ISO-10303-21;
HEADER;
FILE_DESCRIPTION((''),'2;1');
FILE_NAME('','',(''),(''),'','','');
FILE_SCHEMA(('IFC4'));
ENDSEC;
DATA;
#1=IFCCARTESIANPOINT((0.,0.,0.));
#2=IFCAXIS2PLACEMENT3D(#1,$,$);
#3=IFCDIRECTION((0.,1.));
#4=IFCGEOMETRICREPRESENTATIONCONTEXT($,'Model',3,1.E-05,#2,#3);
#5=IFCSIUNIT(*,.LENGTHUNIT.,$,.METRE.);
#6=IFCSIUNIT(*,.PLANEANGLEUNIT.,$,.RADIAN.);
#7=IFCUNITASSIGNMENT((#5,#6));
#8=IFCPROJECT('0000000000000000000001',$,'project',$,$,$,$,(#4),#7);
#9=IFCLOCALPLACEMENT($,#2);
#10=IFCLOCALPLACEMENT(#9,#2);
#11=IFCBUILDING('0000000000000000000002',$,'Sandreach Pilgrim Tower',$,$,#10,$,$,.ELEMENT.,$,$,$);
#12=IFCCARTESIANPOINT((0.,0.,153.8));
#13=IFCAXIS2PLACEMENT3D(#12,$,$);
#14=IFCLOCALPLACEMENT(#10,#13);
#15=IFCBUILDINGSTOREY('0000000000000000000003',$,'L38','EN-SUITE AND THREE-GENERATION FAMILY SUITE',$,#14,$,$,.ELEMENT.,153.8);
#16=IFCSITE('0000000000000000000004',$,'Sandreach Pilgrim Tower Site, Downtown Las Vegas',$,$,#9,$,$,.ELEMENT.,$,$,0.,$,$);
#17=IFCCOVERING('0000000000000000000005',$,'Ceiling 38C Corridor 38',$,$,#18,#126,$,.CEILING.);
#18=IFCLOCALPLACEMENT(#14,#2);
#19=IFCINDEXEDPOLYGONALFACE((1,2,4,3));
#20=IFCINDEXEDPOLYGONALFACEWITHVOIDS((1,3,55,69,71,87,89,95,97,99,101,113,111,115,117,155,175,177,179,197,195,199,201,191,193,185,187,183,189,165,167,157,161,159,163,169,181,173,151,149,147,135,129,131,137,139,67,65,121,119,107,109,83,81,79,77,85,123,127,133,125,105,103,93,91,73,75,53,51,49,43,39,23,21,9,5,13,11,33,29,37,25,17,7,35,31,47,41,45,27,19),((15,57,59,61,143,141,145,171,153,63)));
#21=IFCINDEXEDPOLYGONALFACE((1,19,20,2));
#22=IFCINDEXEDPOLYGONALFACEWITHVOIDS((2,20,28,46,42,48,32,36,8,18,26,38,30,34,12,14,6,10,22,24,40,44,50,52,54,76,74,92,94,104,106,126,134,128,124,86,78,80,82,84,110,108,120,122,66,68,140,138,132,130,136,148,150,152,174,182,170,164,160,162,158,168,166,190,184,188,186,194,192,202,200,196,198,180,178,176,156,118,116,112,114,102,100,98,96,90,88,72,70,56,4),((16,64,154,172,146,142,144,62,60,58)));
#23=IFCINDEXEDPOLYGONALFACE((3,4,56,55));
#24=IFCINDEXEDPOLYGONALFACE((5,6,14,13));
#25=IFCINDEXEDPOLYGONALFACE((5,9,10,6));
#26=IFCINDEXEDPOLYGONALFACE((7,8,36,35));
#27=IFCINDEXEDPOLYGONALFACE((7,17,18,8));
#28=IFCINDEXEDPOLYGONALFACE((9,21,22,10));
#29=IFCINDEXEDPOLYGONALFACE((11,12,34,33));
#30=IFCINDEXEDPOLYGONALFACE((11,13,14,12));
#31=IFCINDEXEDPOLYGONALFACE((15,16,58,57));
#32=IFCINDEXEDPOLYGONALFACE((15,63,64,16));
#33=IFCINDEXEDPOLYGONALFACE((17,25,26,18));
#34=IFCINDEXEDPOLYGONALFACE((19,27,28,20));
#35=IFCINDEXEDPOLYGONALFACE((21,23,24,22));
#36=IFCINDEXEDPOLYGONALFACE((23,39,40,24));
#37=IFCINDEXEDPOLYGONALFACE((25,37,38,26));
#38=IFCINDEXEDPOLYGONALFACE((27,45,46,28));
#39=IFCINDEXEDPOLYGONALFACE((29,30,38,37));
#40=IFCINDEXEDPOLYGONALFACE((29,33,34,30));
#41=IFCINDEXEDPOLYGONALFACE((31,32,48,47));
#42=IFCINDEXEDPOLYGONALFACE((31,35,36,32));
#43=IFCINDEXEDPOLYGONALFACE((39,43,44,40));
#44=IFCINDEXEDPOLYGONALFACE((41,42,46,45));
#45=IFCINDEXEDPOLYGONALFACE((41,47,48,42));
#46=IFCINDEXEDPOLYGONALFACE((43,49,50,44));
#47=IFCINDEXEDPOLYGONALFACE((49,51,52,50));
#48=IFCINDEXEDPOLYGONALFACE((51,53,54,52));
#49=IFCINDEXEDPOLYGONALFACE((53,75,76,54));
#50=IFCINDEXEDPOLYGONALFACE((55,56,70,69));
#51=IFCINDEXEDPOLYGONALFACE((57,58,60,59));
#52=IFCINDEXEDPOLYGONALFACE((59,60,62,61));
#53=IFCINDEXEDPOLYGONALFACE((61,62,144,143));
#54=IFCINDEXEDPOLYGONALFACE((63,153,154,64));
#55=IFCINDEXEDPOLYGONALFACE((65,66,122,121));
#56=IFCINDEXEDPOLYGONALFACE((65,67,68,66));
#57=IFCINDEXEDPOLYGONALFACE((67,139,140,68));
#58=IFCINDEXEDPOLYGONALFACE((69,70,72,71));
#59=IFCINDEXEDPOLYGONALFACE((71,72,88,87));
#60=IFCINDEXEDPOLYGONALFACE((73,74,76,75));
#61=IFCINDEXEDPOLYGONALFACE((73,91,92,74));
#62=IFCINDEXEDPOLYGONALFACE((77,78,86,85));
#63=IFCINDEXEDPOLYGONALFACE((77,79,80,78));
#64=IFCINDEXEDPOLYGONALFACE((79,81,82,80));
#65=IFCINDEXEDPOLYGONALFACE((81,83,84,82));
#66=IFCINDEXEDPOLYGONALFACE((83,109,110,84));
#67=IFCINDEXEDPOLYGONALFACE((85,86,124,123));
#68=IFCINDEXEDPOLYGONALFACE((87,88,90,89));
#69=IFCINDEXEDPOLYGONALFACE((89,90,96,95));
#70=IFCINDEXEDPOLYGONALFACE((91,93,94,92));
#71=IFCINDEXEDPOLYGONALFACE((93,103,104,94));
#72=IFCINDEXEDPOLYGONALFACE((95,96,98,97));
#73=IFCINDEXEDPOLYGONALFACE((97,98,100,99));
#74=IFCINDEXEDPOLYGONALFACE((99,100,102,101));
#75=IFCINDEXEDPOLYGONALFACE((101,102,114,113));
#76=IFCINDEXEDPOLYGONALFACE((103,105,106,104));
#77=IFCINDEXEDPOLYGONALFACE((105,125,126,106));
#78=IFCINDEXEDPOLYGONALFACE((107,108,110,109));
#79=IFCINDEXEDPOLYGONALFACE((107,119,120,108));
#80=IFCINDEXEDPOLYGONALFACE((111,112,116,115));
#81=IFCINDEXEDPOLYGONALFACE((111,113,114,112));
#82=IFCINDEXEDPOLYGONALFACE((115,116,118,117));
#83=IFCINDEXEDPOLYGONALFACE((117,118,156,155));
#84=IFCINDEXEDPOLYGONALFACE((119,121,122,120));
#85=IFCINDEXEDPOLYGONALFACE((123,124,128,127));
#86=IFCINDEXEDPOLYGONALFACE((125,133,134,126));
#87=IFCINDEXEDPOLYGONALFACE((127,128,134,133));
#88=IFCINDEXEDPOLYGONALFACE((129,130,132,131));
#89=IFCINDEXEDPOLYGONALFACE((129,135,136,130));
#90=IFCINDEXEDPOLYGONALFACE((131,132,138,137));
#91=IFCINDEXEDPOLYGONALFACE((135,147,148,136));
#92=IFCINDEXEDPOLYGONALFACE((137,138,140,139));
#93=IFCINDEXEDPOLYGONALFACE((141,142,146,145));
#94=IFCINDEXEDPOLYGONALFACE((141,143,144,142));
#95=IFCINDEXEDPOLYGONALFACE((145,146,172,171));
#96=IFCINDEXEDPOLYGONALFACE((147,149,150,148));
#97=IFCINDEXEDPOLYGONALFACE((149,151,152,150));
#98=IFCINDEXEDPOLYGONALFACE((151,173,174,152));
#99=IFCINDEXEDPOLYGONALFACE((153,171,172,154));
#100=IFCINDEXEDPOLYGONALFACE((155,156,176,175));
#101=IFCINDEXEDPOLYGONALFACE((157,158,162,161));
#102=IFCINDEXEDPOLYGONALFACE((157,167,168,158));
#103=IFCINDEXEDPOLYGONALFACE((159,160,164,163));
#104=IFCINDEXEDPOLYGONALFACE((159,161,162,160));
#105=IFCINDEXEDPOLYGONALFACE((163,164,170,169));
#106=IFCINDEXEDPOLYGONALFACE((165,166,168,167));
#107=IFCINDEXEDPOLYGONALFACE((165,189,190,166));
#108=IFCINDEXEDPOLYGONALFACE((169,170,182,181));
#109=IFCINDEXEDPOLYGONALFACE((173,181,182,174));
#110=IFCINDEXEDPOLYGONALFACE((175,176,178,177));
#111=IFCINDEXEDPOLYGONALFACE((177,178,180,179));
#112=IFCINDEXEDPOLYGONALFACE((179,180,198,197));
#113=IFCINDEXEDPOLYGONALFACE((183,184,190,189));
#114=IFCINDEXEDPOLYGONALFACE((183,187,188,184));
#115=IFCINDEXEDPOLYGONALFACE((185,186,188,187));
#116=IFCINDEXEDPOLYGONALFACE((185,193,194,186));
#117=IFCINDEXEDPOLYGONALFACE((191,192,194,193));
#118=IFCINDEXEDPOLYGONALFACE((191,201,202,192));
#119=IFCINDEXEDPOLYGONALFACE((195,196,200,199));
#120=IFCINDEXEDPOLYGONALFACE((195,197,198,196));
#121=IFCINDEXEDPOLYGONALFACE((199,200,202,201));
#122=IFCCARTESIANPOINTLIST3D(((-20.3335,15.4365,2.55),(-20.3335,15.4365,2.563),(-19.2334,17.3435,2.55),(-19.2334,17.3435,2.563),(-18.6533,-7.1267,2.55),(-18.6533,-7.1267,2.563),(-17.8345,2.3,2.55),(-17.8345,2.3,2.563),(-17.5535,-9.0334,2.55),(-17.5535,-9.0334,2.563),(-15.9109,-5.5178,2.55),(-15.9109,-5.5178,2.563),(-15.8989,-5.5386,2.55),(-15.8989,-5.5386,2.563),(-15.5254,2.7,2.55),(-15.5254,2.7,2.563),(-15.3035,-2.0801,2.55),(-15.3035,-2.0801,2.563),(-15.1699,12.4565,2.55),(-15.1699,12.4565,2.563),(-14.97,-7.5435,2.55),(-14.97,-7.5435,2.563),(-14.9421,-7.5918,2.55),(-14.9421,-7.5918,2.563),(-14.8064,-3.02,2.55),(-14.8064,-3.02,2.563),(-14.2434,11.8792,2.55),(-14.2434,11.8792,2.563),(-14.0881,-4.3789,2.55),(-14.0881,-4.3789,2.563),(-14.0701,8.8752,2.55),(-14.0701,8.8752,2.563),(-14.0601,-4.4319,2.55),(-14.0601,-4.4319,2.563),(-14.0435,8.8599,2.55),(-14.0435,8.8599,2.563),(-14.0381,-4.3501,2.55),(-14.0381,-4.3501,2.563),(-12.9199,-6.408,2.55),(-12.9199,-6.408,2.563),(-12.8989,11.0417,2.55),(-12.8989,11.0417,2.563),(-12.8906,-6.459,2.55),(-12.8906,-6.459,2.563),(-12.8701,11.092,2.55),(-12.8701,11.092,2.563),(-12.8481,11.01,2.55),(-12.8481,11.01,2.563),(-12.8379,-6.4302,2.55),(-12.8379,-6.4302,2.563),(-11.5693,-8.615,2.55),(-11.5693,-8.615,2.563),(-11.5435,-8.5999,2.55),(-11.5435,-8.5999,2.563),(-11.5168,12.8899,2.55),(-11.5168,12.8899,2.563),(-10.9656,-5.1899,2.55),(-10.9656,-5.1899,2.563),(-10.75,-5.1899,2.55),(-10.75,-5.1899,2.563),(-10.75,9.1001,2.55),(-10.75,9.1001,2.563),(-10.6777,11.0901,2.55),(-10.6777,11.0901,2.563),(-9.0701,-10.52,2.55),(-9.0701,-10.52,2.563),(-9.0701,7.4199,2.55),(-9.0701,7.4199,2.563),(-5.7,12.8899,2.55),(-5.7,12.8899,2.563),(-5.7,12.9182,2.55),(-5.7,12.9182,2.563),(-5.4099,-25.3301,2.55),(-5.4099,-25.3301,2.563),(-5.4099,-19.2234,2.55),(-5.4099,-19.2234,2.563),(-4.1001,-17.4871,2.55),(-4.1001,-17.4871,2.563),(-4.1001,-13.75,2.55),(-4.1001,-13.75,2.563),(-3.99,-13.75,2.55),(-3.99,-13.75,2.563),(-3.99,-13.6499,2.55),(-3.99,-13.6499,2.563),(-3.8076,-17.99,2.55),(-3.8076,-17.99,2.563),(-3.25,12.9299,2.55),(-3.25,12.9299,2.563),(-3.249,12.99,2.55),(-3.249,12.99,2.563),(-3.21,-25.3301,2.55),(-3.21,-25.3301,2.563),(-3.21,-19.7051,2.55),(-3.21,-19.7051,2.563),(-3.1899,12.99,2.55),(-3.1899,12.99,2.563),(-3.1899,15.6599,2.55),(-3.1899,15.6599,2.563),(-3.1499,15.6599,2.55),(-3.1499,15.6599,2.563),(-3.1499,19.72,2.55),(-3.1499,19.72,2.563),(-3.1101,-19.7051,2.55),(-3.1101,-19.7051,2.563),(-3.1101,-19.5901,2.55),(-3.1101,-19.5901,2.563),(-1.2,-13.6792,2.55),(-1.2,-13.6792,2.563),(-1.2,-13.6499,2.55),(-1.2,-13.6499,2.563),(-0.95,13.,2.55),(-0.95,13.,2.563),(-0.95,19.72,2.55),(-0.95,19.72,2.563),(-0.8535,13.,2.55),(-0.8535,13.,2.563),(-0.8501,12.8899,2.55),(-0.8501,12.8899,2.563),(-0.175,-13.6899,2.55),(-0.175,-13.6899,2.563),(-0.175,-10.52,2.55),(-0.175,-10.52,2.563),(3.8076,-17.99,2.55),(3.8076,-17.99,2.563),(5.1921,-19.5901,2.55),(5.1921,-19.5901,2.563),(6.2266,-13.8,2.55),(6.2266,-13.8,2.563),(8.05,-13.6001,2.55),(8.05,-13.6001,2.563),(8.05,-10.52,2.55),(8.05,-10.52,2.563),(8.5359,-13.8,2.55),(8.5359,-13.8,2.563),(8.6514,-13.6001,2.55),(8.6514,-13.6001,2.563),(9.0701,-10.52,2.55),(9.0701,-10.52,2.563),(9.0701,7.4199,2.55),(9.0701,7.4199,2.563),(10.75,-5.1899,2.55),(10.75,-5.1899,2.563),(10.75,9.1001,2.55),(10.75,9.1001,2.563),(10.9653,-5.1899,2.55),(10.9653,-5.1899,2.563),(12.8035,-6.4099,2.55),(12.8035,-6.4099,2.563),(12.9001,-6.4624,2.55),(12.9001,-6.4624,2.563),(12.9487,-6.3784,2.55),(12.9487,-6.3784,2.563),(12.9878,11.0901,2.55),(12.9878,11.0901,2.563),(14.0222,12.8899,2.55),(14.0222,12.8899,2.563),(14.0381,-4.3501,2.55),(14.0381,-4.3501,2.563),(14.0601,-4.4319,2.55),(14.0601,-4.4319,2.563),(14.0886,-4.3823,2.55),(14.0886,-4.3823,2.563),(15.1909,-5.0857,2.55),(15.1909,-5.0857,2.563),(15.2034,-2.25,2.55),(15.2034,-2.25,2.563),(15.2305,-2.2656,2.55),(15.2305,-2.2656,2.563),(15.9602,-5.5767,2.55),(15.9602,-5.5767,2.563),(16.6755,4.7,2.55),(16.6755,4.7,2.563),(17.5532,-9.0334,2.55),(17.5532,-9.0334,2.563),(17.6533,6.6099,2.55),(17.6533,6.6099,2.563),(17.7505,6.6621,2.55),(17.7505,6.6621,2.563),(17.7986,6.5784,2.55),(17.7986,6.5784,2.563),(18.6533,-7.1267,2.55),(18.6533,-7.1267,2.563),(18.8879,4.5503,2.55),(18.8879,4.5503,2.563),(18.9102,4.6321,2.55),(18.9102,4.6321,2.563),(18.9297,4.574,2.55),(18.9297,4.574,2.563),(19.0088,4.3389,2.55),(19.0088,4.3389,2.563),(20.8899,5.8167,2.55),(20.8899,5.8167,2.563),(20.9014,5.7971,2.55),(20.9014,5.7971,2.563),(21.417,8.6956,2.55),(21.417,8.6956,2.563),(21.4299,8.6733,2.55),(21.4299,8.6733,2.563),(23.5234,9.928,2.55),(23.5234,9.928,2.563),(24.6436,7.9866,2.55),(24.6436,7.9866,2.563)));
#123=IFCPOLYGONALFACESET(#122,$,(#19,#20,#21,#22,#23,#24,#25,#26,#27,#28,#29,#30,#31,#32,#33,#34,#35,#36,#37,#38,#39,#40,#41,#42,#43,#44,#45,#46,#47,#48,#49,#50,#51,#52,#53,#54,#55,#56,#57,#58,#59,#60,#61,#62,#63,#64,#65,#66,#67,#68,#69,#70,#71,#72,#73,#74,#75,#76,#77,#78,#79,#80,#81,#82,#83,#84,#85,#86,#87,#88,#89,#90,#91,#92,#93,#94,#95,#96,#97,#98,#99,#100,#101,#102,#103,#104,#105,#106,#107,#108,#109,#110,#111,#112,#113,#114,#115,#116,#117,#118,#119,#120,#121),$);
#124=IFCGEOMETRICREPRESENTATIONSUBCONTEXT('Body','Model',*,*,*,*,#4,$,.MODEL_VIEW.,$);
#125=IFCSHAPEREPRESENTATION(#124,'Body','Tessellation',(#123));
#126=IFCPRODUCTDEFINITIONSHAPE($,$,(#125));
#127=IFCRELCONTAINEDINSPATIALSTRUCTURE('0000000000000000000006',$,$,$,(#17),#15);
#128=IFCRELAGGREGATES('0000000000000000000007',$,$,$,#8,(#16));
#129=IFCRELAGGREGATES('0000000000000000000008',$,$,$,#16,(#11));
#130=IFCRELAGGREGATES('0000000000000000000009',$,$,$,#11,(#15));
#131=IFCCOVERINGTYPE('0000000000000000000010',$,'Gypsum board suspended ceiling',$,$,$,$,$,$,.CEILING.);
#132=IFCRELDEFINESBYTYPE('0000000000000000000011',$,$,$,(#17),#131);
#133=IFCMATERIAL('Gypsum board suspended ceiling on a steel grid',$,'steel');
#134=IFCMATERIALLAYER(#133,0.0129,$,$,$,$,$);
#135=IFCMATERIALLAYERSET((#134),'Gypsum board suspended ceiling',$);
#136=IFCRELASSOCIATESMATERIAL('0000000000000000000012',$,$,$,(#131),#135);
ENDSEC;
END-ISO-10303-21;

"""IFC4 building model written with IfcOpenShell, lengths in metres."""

from ifc_helpers import new_model, si_unit, direction, frame, origin, place, context, subcontext, project, spatial, polyline, outline, extrude, material, layer, layer_set, type_object, element, save


model = new_model("IFC4")

# Units and contexts
model_context = context("Model", 3, precision=1e-05, world=origin(), true_north=direction((0.0, 1.0)))
body_context = subcontext(model_context, "Body", "Model", "MODEL_VIEW")
ifc_project = project(units=[si_unit("LENGTHUNIT", "METRE"), si_unit("PLANEANGLEUNIT", "RADIAN")], contexts=[model_context])

# Site, building, storey
site_placement = place(None, origin())
site = spatial("IfcSite", under=ifc_project, at=site_placement, Name="Sandreach Pilgrim Tower Site, Downtown Las Vegas", CompositionType="ELEMENT", RefElevation=0.0)
building_placement = place(site_placement, origin())
building = spatial("IfcBuilding", under=site, at=building_placement, Name="Sandreach Pilgrim Tower", CompositionType="ELEMENT")
storey_placement = place(building_placement, frame((0.0, 0.0, 153.8)))
storey = spatial("IfcBuildingStorey", under=building, at=storey_placement, Name="L38", Description="EN-SUITE AND THREE-GENERATION FAMILY SUITE", CompositionType="ELEMENT", Elevation=153.8)

# Covering
ifc_material_1 = material(Name="Gypsum board suspended ceiling on a steel grid", Category="steel")
ifc_layer_1 = layer(ifc_material_1, 0.0129)
ifc_layer_set_1 = layer_set([ifc_layer_1], Name="Gypsum board suspended ceiling")
covering_type_1 = type_object("IfcCoveringType", Name="Gypsum board suspended ceiling", PredefinedType="CEILING", material=ifc_layer_set_1)
covering_1_placement = place(storey_placement, frame((0.0, 0.0, 2.55)))
element("IfcCovering", 1, at=covering_1_placement, inside=storey, type_object=covering_type_1, Name="Ceiling 38C Corridor 38", PredefinedType="CEILING", context=body_context, shape_type="SweptSolid", body=[
    extrude(outline(polyline([(-20.3335, 15.4365), (-19.2334, 17.3435), (-11.5168, 12.8899), (-5.7, 12.8899), (-5.7, 12.9182), (-3.25, 12.9299), (-3.249, 12.99), (-3.1899, 12.99), (-3.1899, 15.6599), (-3.1499, 15.6599), (-3.1499, 19.72), (-0.95, 19.72), (-0.95, 13.0), (-0.8535, 13.0), (-0.8501, 12.8899), (14.0222, 12.8899), (17.6533, 6.6099), (17.7505, 6.6621), (17.7986, 6.5784), (21.4299, 8.6733), (21.417, 8.6956), (23.5234, 9.928), (24.6436, 7.9866), (20.8899, 5.8167), (20.9014, 5.7971), (18.9102, 4.6321), (18.9297, 4.574), (18.8879, 4.5503), (19.0088, 4.3389), (15.2034, -2.25), (15.2305, -2.2656), (14.0381, -4.3501), (14.0886, -4.3823), (14.0601, -4.4319), (15.1909, -5.0857), (15.9602, -5.5767), (18.6533, -7.1267), (17.5532, -9.0334), (12.9487, -6.3784), (12.9001, -6.4624), (12.8035, -6.4099), (8.6514, -13.6001), (8.05, -13.6001), (8.05, -10.52), (9.0701, -10.52), (9.0701, 7.4199), (-9.0701, 7.4199), (-9.0701, -10.52), (-0.175, -10.52), (-0.175, -13.6899), (-1.2, -13.6792), (-1.2, -13.6499), (-3.99, -13.6499), (-3.99, -13.75), (-4.1001, -13.75), (-4.1001, -17.4871), (-3.8076, -17.99), (3.8076, -17.99), (6.2266, -13.8), (8.5359, -13.8), (5.1921, -19.5901), (-3.1101, -19.5901), (-3.1101, -19.7051), (-3.21, -19.7051), (-3.21, -25.3301), (-5.4099, -25.3301), (-5.4099, -19.2234), (-11.5435, -8.5999), (-11.5693, -8.615), (-12.8379, -6.4302), (-12.8906, -6.459), (-12.9199, -6.408), (-14.9421, -7.5918), (-14.97, -7.5435), (-17.5535, -9.0334), (-18.6533, -7.1267), (-15.8989, -5.5386), (-15.9109, -5.5178), (-14.0601, -4.4319), (-14.0881, -4.3789), (-14.0381, -4.3501), (-14.8064, -3.02), (-15.3035, -2.0801), (-17.8345, 2.3), (-14.0435, 8.8599), (-14.0701, 8.8752), (-12.8481, 11.01), (-12.8989, 11.0417), (-12.8701, 11.092), (-14.2434, 11.8792), (-15.1699, 12.4565), (-20.3335, 15.4365)]), holes=[polyline([(-15.5254, 2.7), (-10.9656, -5.1899), (-10.75, -5.1899), (-10.75, 9.1001), (10.75, 9.1001), (10.75, -5.1899), (10.9653, -5.1899), (16.6755, 4.7), (12.9878, 11.0901), (-10.6777, 11.0901), (-15.5254, 2.7)])]), origin(), (0.0, 0.0, 1.0), 0.0129),
])

save(model, "model.ifc")
